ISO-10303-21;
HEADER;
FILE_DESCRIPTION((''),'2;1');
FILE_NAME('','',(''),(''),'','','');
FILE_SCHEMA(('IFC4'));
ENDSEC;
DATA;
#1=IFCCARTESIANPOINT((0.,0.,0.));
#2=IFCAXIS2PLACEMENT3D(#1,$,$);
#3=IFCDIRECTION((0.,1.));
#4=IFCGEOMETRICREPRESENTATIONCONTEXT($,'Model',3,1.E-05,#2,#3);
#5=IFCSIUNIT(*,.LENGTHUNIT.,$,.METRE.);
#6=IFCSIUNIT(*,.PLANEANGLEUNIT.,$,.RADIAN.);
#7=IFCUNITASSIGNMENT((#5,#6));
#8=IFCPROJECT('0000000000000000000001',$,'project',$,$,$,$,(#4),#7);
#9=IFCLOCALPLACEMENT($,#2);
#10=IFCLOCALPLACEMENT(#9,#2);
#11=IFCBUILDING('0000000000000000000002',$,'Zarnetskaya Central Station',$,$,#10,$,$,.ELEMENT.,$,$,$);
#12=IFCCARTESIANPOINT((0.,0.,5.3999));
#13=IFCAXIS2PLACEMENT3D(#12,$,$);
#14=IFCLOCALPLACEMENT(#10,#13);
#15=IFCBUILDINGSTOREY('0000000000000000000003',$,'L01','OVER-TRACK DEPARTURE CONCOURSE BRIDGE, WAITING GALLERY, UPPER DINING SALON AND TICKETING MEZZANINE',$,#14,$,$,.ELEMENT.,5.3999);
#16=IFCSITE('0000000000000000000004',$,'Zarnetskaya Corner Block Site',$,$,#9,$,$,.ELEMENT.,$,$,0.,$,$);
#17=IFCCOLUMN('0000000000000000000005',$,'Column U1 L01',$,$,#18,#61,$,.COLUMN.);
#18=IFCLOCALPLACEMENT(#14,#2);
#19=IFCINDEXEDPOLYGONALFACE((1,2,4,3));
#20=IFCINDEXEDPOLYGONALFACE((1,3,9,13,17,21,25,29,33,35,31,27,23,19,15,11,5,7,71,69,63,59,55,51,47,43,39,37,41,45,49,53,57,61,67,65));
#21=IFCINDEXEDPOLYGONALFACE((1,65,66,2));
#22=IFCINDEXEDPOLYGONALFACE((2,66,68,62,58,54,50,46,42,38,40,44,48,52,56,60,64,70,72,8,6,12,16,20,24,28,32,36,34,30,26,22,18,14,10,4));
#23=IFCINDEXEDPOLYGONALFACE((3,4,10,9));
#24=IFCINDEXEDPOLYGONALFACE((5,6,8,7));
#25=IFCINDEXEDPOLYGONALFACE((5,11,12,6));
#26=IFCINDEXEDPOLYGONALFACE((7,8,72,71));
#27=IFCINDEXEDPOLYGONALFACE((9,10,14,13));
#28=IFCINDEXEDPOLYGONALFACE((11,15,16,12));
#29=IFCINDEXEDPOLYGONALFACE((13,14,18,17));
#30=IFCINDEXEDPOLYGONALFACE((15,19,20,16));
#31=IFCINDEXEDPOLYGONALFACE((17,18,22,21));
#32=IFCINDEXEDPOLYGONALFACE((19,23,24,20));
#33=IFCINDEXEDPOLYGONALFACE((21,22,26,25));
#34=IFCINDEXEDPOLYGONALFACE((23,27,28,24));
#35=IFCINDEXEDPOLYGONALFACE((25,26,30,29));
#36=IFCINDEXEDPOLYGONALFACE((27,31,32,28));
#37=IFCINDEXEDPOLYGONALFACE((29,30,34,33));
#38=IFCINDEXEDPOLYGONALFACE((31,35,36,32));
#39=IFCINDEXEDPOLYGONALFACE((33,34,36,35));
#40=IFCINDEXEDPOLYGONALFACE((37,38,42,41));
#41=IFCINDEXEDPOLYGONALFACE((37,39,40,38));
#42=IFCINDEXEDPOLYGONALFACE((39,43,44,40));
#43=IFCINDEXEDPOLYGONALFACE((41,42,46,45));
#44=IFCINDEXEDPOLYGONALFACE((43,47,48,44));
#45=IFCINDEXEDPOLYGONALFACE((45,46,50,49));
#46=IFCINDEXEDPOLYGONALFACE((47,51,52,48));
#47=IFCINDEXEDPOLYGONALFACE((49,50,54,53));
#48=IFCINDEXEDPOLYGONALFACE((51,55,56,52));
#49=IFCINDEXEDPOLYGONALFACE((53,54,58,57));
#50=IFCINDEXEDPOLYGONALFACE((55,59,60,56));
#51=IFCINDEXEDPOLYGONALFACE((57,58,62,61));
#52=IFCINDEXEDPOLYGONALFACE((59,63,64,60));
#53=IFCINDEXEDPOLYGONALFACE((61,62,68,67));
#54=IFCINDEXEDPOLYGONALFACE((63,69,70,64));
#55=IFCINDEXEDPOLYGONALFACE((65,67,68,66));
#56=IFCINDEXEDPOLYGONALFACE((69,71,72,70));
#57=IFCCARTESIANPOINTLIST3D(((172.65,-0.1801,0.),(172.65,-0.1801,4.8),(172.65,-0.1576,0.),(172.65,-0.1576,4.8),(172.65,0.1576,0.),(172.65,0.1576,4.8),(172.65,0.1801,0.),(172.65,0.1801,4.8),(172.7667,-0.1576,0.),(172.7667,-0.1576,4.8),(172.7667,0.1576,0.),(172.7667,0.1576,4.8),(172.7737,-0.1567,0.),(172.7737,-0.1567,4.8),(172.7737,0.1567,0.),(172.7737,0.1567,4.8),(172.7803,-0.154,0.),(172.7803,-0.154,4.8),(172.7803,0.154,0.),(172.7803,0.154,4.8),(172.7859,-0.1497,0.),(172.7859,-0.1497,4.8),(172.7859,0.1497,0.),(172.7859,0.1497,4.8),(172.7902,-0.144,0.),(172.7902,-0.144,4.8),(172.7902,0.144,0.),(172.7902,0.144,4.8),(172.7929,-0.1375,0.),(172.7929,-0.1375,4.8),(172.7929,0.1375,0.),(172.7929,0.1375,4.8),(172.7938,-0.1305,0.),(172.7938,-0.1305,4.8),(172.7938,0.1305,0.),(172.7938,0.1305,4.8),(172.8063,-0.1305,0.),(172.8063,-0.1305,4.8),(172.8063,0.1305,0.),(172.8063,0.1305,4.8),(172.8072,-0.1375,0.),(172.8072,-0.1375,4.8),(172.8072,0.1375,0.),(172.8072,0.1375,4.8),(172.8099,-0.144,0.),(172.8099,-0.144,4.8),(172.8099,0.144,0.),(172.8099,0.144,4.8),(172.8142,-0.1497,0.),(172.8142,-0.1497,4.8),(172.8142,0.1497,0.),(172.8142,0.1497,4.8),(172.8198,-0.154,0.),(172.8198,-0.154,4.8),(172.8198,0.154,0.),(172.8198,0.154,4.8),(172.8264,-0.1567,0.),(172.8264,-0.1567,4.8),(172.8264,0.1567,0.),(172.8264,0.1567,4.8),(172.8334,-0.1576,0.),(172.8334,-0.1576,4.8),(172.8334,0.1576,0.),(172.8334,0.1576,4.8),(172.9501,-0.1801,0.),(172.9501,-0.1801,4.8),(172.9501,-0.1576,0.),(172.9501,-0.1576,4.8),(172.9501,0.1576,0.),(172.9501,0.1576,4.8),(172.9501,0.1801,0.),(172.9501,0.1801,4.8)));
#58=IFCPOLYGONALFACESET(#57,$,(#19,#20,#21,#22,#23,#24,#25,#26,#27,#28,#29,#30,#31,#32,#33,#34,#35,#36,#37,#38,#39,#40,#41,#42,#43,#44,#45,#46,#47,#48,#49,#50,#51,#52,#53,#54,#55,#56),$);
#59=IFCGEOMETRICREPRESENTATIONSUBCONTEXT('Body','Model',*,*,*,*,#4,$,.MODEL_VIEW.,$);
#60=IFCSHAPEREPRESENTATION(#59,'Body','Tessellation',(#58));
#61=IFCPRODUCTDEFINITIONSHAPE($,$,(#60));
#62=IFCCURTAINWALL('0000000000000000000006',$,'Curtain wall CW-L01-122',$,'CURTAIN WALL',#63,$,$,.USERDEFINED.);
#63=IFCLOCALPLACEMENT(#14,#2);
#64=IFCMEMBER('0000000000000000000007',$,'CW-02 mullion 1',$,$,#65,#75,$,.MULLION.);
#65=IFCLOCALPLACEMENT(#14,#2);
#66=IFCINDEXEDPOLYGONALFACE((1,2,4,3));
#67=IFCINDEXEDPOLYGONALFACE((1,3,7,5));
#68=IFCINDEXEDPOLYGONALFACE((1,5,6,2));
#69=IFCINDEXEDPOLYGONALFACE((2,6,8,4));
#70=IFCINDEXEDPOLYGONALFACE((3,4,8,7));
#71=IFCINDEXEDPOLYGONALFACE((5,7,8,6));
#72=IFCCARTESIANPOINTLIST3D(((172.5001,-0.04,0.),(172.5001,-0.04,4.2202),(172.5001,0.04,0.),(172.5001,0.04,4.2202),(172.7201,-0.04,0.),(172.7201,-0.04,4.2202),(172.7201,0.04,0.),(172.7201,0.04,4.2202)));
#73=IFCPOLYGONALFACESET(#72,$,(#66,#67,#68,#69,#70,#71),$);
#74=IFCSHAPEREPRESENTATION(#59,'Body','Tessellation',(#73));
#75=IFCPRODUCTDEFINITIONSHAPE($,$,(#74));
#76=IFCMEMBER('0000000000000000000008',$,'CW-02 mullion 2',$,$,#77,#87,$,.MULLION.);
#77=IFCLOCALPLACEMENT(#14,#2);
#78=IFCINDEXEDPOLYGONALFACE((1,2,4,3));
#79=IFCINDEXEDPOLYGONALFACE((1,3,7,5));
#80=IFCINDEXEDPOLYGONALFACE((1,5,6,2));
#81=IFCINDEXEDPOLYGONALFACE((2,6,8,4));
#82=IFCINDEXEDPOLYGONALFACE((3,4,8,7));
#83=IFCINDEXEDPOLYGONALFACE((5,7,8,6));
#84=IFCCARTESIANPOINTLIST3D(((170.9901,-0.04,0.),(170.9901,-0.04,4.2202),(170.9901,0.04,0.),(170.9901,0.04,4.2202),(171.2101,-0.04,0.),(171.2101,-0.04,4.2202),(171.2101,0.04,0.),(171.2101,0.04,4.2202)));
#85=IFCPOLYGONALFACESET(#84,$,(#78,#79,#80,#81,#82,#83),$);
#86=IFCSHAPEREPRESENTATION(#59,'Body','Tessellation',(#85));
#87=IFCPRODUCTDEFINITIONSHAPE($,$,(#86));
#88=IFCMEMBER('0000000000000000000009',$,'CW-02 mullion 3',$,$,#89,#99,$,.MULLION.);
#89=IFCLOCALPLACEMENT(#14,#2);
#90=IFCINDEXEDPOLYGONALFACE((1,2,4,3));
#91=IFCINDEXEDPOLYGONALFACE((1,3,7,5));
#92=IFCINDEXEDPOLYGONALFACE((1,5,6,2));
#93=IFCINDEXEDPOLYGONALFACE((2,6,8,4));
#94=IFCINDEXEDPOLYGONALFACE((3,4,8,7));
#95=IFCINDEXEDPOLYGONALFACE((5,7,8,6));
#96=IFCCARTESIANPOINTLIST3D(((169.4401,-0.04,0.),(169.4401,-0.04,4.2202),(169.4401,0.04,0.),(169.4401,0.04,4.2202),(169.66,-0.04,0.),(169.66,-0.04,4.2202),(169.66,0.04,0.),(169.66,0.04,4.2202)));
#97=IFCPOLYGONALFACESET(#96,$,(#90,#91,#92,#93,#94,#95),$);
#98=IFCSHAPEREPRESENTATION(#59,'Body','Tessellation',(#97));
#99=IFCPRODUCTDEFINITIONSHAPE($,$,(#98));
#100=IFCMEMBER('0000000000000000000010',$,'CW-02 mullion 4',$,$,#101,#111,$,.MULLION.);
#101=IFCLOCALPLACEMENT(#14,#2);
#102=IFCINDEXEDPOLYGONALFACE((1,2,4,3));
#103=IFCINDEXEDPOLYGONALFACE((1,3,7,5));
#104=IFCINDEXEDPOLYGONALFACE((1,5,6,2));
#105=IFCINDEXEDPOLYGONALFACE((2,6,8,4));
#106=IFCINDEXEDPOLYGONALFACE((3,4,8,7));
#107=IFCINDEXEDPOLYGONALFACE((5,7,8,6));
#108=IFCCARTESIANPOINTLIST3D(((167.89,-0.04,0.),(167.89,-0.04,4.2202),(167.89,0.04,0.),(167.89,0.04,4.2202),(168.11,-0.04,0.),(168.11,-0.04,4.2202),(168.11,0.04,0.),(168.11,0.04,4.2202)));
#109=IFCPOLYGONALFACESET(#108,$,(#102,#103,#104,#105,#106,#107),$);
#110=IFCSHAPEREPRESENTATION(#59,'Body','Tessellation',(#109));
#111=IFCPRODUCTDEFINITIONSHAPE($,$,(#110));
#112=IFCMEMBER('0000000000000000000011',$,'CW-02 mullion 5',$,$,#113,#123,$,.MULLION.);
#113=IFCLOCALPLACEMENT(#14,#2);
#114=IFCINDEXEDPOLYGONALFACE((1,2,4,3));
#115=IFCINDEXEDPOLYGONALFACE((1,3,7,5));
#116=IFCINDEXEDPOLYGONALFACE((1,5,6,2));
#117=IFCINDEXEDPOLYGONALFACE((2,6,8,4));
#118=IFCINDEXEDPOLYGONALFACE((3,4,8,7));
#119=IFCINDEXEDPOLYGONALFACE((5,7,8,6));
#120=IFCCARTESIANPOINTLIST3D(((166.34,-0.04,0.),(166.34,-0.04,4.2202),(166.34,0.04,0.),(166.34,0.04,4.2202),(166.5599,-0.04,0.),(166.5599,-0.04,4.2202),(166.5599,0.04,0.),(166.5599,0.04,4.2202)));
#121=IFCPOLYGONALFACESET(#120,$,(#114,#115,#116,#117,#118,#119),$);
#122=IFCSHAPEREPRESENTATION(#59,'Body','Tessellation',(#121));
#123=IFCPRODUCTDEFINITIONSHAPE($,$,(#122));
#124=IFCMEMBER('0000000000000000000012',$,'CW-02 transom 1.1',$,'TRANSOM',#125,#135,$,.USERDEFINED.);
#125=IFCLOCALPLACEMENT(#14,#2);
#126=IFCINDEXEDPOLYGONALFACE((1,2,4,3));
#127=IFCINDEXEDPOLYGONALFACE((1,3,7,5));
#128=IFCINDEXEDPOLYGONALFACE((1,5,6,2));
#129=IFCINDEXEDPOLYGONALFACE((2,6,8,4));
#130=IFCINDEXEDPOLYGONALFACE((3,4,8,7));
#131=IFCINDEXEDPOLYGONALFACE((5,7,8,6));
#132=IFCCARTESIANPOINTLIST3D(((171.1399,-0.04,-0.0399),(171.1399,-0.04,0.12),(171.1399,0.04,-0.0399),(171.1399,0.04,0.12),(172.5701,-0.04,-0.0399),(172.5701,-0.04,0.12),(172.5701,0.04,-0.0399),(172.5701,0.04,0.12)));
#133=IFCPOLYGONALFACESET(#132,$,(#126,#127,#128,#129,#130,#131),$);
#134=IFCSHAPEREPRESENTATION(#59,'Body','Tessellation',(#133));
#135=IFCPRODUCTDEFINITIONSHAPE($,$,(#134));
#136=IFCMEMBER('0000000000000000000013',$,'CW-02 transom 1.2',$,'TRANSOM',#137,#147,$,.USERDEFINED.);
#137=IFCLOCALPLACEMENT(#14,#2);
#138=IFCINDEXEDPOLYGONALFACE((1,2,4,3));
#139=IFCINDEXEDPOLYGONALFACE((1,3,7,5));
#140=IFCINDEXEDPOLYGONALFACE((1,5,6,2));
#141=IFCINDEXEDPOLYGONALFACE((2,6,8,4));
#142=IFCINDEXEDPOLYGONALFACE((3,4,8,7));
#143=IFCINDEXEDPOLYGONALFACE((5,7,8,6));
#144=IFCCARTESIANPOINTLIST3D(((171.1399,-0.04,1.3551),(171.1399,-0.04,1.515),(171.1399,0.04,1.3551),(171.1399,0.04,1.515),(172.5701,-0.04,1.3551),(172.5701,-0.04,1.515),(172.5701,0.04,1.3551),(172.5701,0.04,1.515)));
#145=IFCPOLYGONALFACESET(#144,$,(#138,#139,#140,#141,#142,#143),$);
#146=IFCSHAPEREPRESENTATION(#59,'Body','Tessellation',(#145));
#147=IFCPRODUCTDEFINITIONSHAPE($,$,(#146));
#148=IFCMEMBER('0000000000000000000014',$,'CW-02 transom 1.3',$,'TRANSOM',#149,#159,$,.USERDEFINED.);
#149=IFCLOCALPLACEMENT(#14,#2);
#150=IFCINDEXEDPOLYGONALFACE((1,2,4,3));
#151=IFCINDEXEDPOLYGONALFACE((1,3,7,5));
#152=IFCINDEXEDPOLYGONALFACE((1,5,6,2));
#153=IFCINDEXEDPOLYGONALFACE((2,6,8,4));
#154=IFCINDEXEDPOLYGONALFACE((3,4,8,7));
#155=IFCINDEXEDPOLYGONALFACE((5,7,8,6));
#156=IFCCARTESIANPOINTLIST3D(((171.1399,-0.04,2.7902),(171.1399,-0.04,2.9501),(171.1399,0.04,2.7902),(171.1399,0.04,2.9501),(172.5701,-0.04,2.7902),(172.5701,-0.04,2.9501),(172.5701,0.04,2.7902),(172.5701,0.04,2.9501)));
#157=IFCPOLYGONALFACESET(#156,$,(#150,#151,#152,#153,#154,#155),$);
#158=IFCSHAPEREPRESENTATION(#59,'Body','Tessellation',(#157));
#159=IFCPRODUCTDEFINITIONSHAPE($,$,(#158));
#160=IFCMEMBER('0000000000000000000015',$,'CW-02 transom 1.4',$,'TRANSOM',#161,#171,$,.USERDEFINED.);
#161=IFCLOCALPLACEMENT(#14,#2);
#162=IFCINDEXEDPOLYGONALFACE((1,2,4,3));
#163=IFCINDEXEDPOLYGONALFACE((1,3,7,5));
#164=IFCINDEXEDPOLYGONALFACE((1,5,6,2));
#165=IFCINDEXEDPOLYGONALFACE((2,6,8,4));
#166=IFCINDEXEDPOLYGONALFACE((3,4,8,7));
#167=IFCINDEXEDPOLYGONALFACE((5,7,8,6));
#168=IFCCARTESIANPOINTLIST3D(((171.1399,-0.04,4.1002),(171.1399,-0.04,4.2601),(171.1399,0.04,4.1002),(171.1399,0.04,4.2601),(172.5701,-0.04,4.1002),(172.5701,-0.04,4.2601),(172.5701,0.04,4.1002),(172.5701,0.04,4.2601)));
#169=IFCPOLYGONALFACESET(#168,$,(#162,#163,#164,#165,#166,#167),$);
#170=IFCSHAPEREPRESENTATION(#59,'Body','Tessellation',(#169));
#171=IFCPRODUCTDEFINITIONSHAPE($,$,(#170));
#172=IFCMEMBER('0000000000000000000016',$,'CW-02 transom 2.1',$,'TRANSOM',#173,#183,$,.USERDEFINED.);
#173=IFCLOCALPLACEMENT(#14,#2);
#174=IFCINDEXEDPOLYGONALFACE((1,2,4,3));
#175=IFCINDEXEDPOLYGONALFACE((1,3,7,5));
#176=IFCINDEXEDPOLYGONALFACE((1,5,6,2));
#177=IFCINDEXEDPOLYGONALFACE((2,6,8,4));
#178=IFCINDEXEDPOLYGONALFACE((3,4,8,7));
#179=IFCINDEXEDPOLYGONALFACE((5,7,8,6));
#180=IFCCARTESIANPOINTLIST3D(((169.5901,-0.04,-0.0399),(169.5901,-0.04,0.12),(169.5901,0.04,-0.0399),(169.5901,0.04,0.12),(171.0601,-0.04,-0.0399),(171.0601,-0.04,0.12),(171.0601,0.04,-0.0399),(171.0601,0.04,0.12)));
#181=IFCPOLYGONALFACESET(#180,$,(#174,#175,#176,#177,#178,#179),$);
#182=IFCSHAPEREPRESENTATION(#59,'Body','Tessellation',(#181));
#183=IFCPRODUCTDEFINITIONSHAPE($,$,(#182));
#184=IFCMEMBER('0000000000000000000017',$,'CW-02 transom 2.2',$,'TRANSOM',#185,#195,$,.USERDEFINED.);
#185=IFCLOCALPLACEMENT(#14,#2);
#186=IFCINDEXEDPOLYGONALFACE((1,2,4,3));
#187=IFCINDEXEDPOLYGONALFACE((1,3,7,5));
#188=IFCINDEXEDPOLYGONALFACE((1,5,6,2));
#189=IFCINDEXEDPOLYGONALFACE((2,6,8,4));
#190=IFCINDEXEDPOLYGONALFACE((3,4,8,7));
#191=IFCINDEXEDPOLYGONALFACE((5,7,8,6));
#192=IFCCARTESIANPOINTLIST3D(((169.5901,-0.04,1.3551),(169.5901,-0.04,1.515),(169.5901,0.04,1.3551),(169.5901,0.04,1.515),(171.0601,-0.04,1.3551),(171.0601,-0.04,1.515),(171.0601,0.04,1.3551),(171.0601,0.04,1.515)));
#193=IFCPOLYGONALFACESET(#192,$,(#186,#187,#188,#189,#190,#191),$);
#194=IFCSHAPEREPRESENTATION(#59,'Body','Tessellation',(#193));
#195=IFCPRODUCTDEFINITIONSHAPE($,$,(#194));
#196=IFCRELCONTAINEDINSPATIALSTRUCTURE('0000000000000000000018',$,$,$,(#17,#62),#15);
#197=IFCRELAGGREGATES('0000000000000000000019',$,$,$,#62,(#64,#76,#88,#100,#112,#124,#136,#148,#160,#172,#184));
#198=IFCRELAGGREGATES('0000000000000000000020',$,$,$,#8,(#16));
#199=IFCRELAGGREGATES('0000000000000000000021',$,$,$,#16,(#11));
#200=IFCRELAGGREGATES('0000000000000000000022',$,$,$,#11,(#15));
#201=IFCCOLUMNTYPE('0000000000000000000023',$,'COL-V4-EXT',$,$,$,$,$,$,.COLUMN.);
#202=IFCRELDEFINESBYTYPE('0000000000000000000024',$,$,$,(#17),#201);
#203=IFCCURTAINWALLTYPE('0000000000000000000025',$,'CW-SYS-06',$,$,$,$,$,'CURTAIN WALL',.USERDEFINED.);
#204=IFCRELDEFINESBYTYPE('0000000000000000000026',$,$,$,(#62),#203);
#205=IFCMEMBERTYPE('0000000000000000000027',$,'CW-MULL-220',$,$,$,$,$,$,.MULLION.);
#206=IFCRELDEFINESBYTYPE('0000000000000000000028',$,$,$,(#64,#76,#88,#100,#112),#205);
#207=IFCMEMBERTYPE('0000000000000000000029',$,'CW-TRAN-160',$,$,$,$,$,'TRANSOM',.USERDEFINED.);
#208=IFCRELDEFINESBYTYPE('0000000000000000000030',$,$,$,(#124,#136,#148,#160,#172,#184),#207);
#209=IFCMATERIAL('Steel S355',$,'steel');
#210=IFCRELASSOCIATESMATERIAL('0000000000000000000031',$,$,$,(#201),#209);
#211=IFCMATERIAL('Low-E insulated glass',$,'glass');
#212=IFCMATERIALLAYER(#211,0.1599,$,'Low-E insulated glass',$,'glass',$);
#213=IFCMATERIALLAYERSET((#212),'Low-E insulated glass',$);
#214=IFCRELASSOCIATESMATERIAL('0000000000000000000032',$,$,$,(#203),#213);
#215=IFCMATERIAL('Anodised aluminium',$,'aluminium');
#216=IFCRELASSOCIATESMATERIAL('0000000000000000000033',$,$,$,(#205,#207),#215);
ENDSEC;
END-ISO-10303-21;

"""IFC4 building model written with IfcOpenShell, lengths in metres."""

from ifc_helpers import new_model, si_unit, direction, frame, origin, origin_2d, place, context, subcontext, project, spatial, rectangle, i_section, extrude, material, layer, layer_set, material_profile, profile_set, type_object, element, aggregate, save


model = new_model("IFC4")

# Units and contexts
model_context = context("Model", 3, precision=1e-05, world=origin(), true_north=direction((0.0, 1.0)))
body_context = subcontext(model_context, "Body", "Model", "MODEL_VIEW")
ifc_project = project(units=[si_unit("LENGTHUNIT", "METRE"), si_unit("PLANEANGLEUNIT", "RADIAN")], contexts=[model_context])

# Site, building, storey
site_placement = place(None, origin())
site = spatial("IfcSite", under=ifc_project, at=site_placement, Name="Zarnetskaya Corner Block Site", CompositionType="ELEMENT", RefElevation=0.0)
building_placement = place(site_placement, origin())
building = spatial("IfcBuilding", under=site, at=building_placement, Name="Zarnetskaya Central Station", CompositionType="ELEMENT")
storey_placement = place(building_placement, frame((0.0, 0.0, 5.3999)))
storey = spatial("IfcBuildingStorey", under=building, at=storey_placement, Name="L01", Description="OVER-TRACK DEPARTURE CONCOURSE BRIDGE, WAITING GALLERY, UPPER DINING SALON AND TICKETING MEZZANINE", CompositionType="ELEMENT", Elevation=5.3999)

# Column
ifc_material_1 = material(Name="Steel S355", Category="steel")
ifc_material_profile_1 = material_profile(ifc_material_1, i_section(OverallWidth=0.3, OverallDepth=0.3601, WebThickness=0.0125, FlangeThickness=0.0225, FilletRadius=0.0271, at=origin_2d()), Name="HEB 360")
ifc_profile_set_1 = profile_set([ifc_material_profile_1], Name="Steel S355")
column_type = type_object("IfcColumnType", Name="COL-V4-EXT", PredefinedType="COLUMN", material=ifc_profile_set_1)
column_placement = place(storey_placement, frame((172.8, 0.0, 0.0), z_axis=(0.0, 0.0, 1.0), x_axis=(1.0, 0.0, 0.0)))
element("IfcColumn", 1, at=column_placement, inside=storey, type_object=column_type, Name="Column U1 L01", PredefinedType="COLUMN", context=body_context, shape_type="SweptSolid", body=[
    extrude(i_section(OverallWidth=0.3, OverallDepth=0.3601, WebThickness=0.0125, FlangeThickness=0.0225, FilletRadius=0.0271, at=origin_2d()), origin(), (0.0, 0.0, 1.0), 4.8),
])

# Curtain wall, members
ifc_material_2 = material(Name="Low-E insulated glass", Category="glass")
ifc_layer_1 = layer(ifc_material_2, 0.1599, Name="Low-E insulated glass", Category="glass")
ifc_layer_set_1 = layer_set([ifc_layer_1], Name="Low-E insulated glass")
curtain_wall_type = type_object("IfcCurtainWallType", Name="CW-SYS-06", ElementType="CURTAIN WALL", PredefinedType="USERDEFINED", material=ifc_layer_set_1)
curtain_wall_placement = place(storey_placement, origin())
curtain_wall = element("IfcCurtainWall", 2, at=curtain_wall_placement, inside=storey, type_object=curtain_wall_type, Name="Curtain wall CW-L01-122", ObjectType="CURTAIN WALL", PredefinedType="USERDEFINED")
ifc_material_3 = material(Name="Anodised aluminium", Category="aluminium")
ifc_material_profile_2 = material_profile(ifc_material_3, rectangle(XDim=0.0801, YDim=0.22, at=origin_2d()), Name="ALU MULL 80x220")
ifc_profile_set_2 = profile_set([ifc_material_profile_2], Name="Anodised aluminium")
member_type_1 = type_object("IfcMemberType", Name="CW-MULL-220", PredefinedType="MULLION", material=ifc_profile_set_2)
member_1_placement = place(storey_placement, frame((172.6101, 0.0, 0.0), z_axis=(0.0, 0.0, 1.0), x_axis=(0.0, -1.0, 0.0)))
member_1 = element("IfcMember", 3, at=member_1_placement, type_object=member_type_1, Name="CW-02 mullion 1", PredefinedType="MULLION", context=body_context, shape_type="SweptSolid", body=[
    extrude(rectangle(XDim=0.0801, YDim=0.22, at=origin_2d()), origin(), (0.0, 0.0, 1.0), 4.2202),
])
member_2_placement = place(storey_placement, frame((171.1001, 0.0, 0.0), z_axis=(0.0, 0.0, 1.0), x_axis=(0.0, -1.0, 0.0)))
member_2 = element("IfcMember", 4, at=member_2_placement, type_object=member_type_1, Name="CW-02 mullion 2", PredefinedType="MULLION", context=body_context, shape_type="SweptSolid", body=[
    extrude(rectangle(XDim=0.0801, YDim=0.22, at=origin_2d()), origin(), (0.0, 0.0, 1.0), 4.2202),
])
member_3_placement = place(storey_placement, frame((169.55, 0.0, 0.0), z_axis=(0.0, 0.0, 1.0), x_axis=(0.0, -1.0, 0.0)))
member_3 = element("IfcMember", 5, at=member_3_placement, type_object=member_type_1, Name="CW-02 mullion 3", PredefinedType="MULLION", context=body_context, shape_type="SweptSolid", body=[
    extrude(rectangle(XDim=0.0801, YDim=0.22, at=origin_2d()), origin(), (0.0, 0.0, 1.0), 4.2202),
])
member_4_placement = place(storey_placement, frame((168.0, 0.0, 0.0), z_axis=(0.0, 0.0, 1.0), x_axis=(0.0, -1.0, 0.0)))
member_4 = element("IfcMember", 6, at=member_4_placement, type_object=member_type_1, Name="CW-02 mullion 4", PredefinedType="MULLION", context=body_context, shape_type="SweptSolid", body=[
    extrude(rectangle(XDim=0.0801, YDim=0.22, at=origin_2d()), origin(), (0.0, 0.0, 1.0), 4.2202),
])
member_5_placement = place(storey_placement, frame((166.45, 0.0, 0.0), z_axis=(0.0, 0.0, 1.0), x_axis=(0.0, -1.0, 0.0)))
member_5 = element("IfcMember", 7, at=member_5_placement, type_object=member_type_1, Name="CW-02 mullion 5", PredefinedType="MULLION", context=body_context, shape_type="SweptSolid", body=[
    extrude(rectangle(XDim=0.0801, YDim=0.22, at=origin_2d()), origin(), (0.0, 0.0, 1.0), 4.2202),
])
ifc_material_profile_3 = material_profile(ifc_material_3, rectangle(XDim=0.0801, YDim=0.1599, at=origin_2d()), Name="ALU TRAN 80x160")
ifc_profile_set_3 = profile_set([ifc_material_profile_3], Name="Anodised aluminium")
member_type_2 = type_object("IfcMemberType", Name="CW-TRAN-160", ElementType="TRANSOM", PredefinedType="USERDEFINED", material=ifc_profile_set_3)
member_6_placement = place(storey_placement, frame((172.5701, 0.0, 0.04), z_axis=(-1.0, 0.0, 0.0), x_axis=(0.0, -1.0, 0.0)))
member_6 = element("IfcMember", 8, at=member_6_placement, type_object=member_type_2, Name="CW-02 transom 1.1", ObjectType="TRANSOM", PredefinedType="USERDEFINED", context=body_context, shape_type="SweptSolid", body=[
    extrude(rectangle(XDim=0.0801, YDim=0.1599, at=origin_2d()), origin(), (0.0, 0.0, 1.0), 1.4302),
])
member_7_placement = place(storey_placement, frame((172.5701, 0.0, 1.4351), z_axis=(-1.0, 0.0, 0.0), x_axis=(0.0, -1.0, 0.0)))
member_7 = element("IfcMember", 9, at=member_7_placement, type_object=member_type_2, Name="CW-02 transom 1.2", ObjectType="TRANSOM", PredefinedType="USERDEFINED", context=body_context, shape_type="SweptSolid", body=[
    extrude(rectangle(XDim=0.0801, YDim=0.1599, at=origin_2d()), origin(), (0.0, 0.0, 1.0), 1.4302),
])
member_8_placement = place(storey_placement, frame((172.5701, 0.0, 2.8701), z_axis=(-1.0, 0.0, 0.0), x_axis=(0.0, -1.0, 0.0)))
member_8 = element("IfcMember", 10, at=member_8_placement, type_object=member_type_2, Name="CW-02 transom 1.3", ObjectType="TRANSOM", PredefinedType="USERDEFINED", context=body_context, shape_type="SweptSolid", body=[
    extrude(rectangle(XDim=0.0801, YDim=0.1599, at=origin_2d()), origin(), (0.0, 0.0, 1.0), 1.4302),
])
member_9_placement = place(storey_placement, frame((172.5701, 0.0, 4.1802), z_axis=(-1.0, 0.0, 0.0), x_axis=(0.0, -1.0, 0.0)))
member_9 = element("IfcMember", 11, at=member_9_placement, type_object=member_type_2, Name="CW-02 transom 1.4", ObjectType="TRANSOM", PredefinedType="USERDEFINED", context=body_context, shape_type="SweptSolid", body=[
    extrude(rectangle(XDim=0.0801, YDim=0.1599, at=origin_2d()), origin(), (0.0, 0.0, 1.0), 1.4302),
])
member_10_placement = place(storey_placement, frame((171.0601, 0.0, 0.04), z_axis=(-1.0, 0.0, 0.0), x_axis=(0.0, -1.0, 0.0)))
member_10 = element("IfcMember", 12, at=member_10_placement, type_object=member_type_2, Name="CW-02 transom 2.1", ObjectType="TRANSOM", PredefinedType="USERDEFINED", context=body_context, shape_type="SweptSolid", body=[
    extrude(rectangle(XDim=0.0801, YDim=0.1599, at=origin_2d()), origin(), (0.0, 0.0, 1.0), 1.47),
])
member_11_placement = place(storey_placement, frame((171.0601, 0.0, 1.4351), z_axis=(-1.0, 0.0, 0.0), x_axis=(0.0, -1.0, 0.0)))
member_11 = element("IfcMember", 13, at=member_11_placement, type_object=member_type_2, Name="CW-02 transom 2.2", ObjectType="TRANSOM", PredefinedType="USERDEFINED", context=body_context, shape_type="SweptSolid", body=[
    extrude(rectangle(XDim=0.0801, YDim=0.1599, at=origin_2d()), origin(), (0.0, 0.0, 1.0), 1.47),
])

aggregate(curtain_wall, [member_1, member_2, member_3, member_4, member_5, member_6, member_7, member_8, member_9, member_10, member_11])

save(model, "model.ifc")
